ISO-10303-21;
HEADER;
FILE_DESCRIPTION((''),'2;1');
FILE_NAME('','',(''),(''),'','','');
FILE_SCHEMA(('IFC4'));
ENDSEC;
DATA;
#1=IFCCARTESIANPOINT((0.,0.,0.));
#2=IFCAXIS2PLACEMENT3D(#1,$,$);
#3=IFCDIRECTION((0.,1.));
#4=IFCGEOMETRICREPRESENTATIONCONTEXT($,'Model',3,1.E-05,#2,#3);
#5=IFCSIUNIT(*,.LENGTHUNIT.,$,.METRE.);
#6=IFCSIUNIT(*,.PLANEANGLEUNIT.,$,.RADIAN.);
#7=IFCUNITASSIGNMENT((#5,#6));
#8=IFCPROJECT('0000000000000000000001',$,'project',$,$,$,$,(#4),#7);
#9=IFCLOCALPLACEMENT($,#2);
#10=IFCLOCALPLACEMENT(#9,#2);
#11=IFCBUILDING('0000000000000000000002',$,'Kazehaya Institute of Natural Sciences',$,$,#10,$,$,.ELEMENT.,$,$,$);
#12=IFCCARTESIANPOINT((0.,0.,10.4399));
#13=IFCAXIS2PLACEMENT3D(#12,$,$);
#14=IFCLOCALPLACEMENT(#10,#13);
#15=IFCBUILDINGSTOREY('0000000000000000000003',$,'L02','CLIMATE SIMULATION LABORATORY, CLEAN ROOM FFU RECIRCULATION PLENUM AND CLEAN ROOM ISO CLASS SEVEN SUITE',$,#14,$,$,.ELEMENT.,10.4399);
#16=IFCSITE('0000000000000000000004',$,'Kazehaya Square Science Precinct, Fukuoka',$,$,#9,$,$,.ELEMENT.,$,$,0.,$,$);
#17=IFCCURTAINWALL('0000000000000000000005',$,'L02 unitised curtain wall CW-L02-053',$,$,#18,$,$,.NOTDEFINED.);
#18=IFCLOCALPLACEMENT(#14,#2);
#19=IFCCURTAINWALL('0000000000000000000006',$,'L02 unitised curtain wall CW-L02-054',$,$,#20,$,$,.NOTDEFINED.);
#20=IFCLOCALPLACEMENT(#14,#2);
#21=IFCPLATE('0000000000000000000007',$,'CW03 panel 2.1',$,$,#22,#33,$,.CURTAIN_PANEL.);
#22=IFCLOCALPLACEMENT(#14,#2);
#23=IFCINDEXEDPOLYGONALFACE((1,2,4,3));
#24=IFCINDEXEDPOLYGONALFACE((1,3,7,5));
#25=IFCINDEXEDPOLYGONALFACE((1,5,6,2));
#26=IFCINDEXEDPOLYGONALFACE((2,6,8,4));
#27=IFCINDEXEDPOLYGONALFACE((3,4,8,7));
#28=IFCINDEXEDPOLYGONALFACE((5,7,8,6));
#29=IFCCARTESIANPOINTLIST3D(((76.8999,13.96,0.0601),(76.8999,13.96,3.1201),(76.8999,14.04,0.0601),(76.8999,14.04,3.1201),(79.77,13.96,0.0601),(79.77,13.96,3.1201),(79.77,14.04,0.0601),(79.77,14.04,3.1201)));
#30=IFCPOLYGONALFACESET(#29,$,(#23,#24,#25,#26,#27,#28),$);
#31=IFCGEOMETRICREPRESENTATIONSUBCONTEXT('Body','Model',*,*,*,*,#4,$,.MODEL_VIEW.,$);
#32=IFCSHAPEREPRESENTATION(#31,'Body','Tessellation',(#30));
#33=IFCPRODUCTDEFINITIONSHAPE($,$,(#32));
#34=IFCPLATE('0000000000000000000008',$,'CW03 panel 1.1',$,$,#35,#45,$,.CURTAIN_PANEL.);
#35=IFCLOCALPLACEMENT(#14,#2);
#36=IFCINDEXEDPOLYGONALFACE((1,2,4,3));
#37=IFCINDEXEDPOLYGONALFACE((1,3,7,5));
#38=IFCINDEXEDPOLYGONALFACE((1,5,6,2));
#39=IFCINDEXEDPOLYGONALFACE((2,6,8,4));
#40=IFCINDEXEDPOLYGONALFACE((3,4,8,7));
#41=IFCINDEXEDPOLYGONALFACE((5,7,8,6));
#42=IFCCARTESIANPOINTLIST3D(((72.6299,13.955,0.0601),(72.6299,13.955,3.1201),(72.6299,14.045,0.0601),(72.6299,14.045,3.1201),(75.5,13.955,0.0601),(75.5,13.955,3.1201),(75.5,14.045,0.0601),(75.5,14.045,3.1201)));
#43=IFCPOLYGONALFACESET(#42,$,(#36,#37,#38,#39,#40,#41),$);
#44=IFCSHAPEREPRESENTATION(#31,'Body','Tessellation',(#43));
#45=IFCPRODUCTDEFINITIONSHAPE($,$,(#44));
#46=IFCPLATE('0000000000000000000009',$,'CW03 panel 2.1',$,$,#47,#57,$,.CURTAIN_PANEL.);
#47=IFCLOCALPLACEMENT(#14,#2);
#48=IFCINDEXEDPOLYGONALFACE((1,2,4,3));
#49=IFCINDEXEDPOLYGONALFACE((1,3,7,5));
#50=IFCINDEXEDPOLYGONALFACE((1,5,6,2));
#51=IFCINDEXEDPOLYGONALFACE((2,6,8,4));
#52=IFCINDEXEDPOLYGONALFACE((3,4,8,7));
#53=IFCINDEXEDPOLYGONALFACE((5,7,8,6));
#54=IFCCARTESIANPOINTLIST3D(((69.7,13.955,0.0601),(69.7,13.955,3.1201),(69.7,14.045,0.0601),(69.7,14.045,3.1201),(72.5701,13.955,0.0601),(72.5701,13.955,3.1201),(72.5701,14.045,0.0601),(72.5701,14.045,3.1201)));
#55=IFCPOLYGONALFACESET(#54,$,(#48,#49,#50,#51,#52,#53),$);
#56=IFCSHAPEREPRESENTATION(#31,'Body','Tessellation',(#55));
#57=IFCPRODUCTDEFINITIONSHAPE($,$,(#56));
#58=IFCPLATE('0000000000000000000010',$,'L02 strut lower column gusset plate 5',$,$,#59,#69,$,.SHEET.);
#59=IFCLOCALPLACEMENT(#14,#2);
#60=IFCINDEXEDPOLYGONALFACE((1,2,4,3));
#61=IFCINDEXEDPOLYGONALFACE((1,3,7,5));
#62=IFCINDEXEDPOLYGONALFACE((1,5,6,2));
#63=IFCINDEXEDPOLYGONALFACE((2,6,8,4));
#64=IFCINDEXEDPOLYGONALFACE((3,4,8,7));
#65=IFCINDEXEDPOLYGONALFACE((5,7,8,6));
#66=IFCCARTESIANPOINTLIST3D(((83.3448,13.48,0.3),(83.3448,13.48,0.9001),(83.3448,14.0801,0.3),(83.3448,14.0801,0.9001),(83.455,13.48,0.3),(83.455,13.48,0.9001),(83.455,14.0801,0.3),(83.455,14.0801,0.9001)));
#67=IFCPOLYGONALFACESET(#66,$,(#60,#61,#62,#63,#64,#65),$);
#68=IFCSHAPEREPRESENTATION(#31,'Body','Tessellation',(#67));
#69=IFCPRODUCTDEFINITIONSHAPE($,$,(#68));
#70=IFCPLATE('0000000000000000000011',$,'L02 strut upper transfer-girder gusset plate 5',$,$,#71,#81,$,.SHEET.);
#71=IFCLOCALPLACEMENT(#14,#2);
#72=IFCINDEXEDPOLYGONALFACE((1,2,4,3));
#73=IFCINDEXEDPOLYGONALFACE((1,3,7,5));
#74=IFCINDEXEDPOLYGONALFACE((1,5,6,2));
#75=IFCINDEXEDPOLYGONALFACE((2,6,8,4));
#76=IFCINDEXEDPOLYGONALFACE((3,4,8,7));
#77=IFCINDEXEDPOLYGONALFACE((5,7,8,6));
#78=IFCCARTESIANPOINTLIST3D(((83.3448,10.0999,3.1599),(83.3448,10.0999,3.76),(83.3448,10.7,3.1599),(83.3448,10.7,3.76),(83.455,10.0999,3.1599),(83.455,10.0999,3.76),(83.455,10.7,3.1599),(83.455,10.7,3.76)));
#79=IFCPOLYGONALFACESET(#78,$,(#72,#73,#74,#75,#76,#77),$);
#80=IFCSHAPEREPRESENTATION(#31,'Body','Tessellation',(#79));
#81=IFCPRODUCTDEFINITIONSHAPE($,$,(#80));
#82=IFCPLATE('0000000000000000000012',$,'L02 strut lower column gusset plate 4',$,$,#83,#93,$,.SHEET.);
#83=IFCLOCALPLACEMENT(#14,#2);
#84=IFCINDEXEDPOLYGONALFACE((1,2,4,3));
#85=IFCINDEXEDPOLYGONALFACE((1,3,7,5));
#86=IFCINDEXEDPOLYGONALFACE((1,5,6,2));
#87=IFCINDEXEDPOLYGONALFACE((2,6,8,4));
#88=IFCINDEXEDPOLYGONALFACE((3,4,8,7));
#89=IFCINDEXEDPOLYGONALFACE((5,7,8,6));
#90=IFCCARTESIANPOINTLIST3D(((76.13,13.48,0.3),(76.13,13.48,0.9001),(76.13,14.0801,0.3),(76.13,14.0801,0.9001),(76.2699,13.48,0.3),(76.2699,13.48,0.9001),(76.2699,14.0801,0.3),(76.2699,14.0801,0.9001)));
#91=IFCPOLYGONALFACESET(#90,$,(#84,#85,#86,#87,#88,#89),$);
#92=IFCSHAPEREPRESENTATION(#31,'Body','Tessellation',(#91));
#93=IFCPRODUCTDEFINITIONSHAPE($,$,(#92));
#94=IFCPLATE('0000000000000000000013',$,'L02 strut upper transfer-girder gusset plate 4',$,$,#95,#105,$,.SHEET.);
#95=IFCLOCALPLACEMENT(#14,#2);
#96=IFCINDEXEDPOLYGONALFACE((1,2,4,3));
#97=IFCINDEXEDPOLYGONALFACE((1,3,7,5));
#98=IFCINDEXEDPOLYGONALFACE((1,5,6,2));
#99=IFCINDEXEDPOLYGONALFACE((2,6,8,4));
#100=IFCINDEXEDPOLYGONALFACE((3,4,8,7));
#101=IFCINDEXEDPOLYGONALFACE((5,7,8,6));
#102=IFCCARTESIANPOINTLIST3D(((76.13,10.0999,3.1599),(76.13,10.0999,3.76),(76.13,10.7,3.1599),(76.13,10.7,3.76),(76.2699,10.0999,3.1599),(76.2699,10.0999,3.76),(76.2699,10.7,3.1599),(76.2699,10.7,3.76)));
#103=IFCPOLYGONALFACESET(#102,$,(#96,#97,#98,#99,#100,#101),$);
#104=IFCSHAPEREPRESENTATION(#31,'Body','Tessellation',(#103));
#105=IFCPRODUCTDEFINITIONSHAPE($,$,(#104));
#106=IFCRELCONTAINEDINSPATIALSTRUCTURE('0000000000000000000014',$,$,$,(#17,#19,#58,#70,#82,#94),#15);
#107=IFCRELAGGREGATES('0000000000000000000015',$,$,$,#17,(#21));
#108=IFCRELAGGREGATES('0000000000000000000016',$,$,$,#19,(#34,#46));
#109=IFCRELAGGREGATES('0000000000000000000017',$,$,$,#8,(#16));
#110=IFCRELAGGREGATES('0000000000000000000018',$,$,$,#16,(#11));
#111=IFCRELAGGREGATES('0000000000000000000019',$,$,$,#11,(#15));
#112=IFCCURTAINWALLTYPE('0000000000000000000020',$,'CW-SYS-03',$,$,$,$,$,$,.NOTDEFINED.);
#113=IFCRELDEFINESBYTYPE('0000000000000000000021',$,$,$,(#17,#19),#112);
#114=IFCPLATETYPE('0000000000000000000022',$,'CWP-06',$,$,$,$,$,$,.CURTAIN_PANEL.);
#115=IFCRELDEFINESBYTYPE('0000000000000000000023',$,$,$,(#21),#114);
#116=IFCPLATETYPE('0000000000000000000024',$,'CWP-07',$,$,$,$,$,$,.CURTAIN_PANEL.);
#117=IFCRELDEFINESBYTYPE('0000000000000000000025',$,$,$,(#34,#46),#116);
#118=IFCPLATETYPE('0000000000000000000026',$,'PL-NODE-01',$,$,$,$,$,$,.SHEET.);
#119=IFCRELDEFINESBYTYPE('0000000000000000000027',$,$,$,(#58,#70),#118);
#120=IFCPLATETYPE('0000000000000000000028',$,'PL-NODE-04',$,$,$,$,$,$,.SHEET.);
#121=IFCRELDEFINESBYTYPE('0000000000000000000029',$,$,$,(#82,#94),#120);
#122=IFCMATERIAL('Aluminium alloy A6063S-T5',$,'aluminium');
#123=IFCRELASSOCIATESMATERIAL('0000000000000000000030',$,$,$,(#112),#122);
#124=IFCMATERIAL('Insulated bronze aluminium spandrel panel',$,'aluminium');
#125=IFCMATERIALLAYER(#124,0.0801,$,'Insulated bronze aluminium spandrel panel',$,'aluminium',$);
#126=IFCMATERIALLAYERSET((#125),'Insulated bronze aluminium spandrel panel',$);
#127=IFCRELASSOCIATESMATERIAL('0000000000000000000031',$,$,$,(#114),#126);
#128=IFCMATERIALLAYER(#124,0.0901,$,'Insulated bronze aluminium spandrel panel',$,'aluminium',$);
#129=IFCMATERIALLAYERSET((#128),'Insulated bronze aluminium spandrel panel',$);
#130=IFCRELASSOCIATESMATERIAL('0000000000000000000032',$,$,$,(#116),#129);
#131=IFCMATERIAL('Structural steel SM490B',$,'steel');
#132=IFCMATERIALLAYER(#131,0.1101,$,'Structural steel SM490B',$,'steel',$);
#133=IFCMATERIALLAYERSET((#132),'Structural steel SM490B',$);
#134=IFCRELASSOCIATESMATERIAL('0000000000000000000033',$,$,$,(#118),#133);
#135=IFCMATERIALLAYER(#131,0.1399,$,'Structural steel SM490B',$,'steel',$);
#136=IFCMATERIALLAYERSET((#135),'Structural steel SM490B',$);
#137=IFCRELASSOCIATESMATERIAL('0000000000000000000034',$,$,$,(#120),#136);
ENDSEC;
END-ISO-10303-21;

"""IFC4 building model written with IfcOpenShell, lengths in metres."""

from ifc_helpers import new_model, si_unit, direction, frame, origin, origin_2d, place, context, subcontext, project, spatial, rectangle, extrude, material, layer, layer_set, type_object, element, aggregate, save


model = new_model("IFC4")

# Units and contexts
model_context = context("Model", 3, precision=1e-05, world=origin(), true_north=direction((0.0, 1.0)))
body_context = subcontext(model_context, "Body", "Model", "MODEL_VIEW")
ifc_project = project(units=[si_unit("LENGTHUNIT", "METRE"), si_unit("PLANEANGLEUNIT", "RADIAN")], contexts=[model_context])

# Site, building, storey
site_placement = place(None, origin())
site = spatial("IfcSite", under=ifc_project, at=site_placement, Name="Kazehaya Square Science Precinct, Fukuoka", CompositionType="ELEMENT", RefElevation=0.0)
building_placement = place(site_placement, origin())
building = spatial("IfcBuilding", under=site, at=building_placement, Name="Kazehaya Institute of Natural Sciences", CompositionType="ELEMENT")
storey_placement = place(building_placement, frame((0.0, 0.0, 10.4399)))
storey = spatial("IfcBuildingStorey", under=building, at=storey_placement, Name="L02", Description="CLIMATE SIMULATION LABORATORY, CLEAN ROOM FFU RECIRCULATION PLENUM AND CLEAN ROOM ISO CLASS SEVEN SUITE", CompositionType="ELEMENT", Elevation=10.4399)

# Curtain walls
ifc_material_1 = material(Name="Aluminium alloy A6063S-T5", Category="aluminium")
curtain_wall_type = type_object("IfcCurtainWallType", Name="CW-SYS-03", PredefinedType="NOTDEFINED", material=ifc_material_1)
curtain_wall_1_placement = place(storey_placement, origin())
curtain_wall_1 = element("IfcCurtainWall", 1, at=curtain_wall_1_placement, inside=storey, type_object=curtain_wall_type, Name="L02 unitised curtain wall CW-L02-053", PredefinedType="NOTDEFINED")
curtain_wall_2_placement = place(storey_placement, origin())
curtain_wall_2 = element("IfcCurtainWall", 2, at=curtain_wall_2_placement, inside=storey, type_object=curtain_wall_type, Name="L02 unitised curtain wall CW-L02-054", PredefinedType="NOTDEFINED")

# Plates
ifc_material_2 = material(Name="Insulated bronze aluminium spandrel panel", Category="aluminium")
ifc_layer_1 = layer(ifc_material_2, 0.0801, Name="Insulated bronze aluminium spandrel panel", Category="aluminium")
ifc_layer_set_1 = layer_set([ifc_layer_1], Name="Insulated bronze aluminium spandrel panel")
plate_type_1 = type_object("IfcPlateType", Name="CWP-06", PredefinedType="CURTAIN_PANEL", material=ifc_layer_set_1)
plate_1_placement = place(storey_placement, frame((78.335, 14.0, 0.0601), z_axis=(0.0, 0.0, 1.0), x_axis=(-1.0, 0.0, 0.0)))
plate_1 = element("IfcPlate", 3, at=plate_1_placement, type_object=plate_type_1, Name="CW03 panel 2.1", PredefinedType="CURTAIN_PANEL", context=body_context, shape_type="SweptSolid", body=[
    extrude(rectangle(XDim=2.8701, YDim=0.0801, at=origin_2d()), origin(), (0.0, 0.0, 1.0), 3.0601),
])
aggregate(curtain_wall_1, [plate_1])
ifc_layer_2 = layer(ifc_material_2, 0.0901, Name="Insulated bronze aluminium spandrel panel", Category="aluminium")
ifc_layer_set_2 = layer_set([ifc_layer_2], Name="Insulated bronze aluminium spandrel panel")
plate_type_2 = type_object("IfcPlateType", Name="CWP-07", PredefinedType="CURTAIN_PANEL", material=ifc_layer_set_2)
plate_2_placement = place(storey_placement, frame((74.0649, 14.0, 0.0601), z_axis=(0.0, 0.0, 1.0), x_axis=(-1.0, 0.0, 0.0)))
plate_2 = element("IfcPlate", 4, at=plate_2_placement, type_object=plate_type_2, Name="CW03 panel 1.1", PredefinedType="CURTAIN_PANEL", context=body_context, shape_type="SweptSolid", body=[
    extrude(rectangle(XDim=2.8701, YDim=0.0901, at=origin_2d()), origin(), (0.0, 0.0, 1.0), 3.0601),
])
plate_3_placement = place(storey_placement, frame((71.135, 14.0, 0.0601), z_axis=(0.0, 0.0, 1.0), x_axis=(-1.0, 0.0, 0.0)))
plate_3 = element("IfcPlate", 5, at=plate_3_placement, type_object=plate_type_2, Name="CW03 panel 2.1", PredefinedType="CURTAIN_PANEL", context=body_context, shape_type="SweptSolid", body=[
    extrude(rectangle(XDim=2.8701, YDim=0.0901, at=origin_2d()), origin(), (0.0, 0.0, 1.0), 3.0601),
])
aggregate(curtain_wall_2, [plate_2, plate_3])

# Plates
ifc_material_3 = material(Name="Structural steel SM490B", Category="steel")
ifc_layer_3 = layer(ifc_material_3, 0.1101, Name="Structural steel SM490B", Category="steel")
ifc_layer_set_3 = layer_set([ifc_layer_3], Name="Structural steel SM490B")
plate_type_3 = type_object("IfcPlateType", Name="PL-NODE-01", PredefinedType="SHEET", material=ifc_layer_set_3)
for number, where, z_axis, x_axis, name in (
    (6, (83.3999, 13.78, 0.3), (0.0, 0.0, 1.0), (1.0, 0.0, 0.0), "L02 strut lower column gusset plate 5"),
    (7, (83.3999, 10.3999, 3.1599), (0.0, 0.0, 1.0), (1.0, 0.0, 0.0), "L02 strut upper transfer-girder gusset plate 5"),
):
    element("IfcPlate", number, at=place(storey_placement, frame(where, z_axis=z_axis, x_axis=x_axis)), inside=storey, type_object=plate_type_3, Name=name, PredefinedType="SHEET", context=body_context, shape_type="SweptSolid", body=[
        extrude(rectangle(XDim=0.1101, YDim=0.6001, at=origin_2d()), origin(), (0.0, 0.0, 1.0), 0.6001),
    ])
ifc_layer_4 = layer(ifc_material_3, 0.1399, Name="Structural steel SM490B", Category="steel")
ifc_layer_set_4 = layer_set([ifc_layer_4], Name="Structural steel SM490B")
plate_type_4 = type_object("IfcPlateType", Name="PL-NODE-04", PredefinedType="SHEET", material=ifc_layer_set_4)
for number, where, z_axis, x_axis, name in (
    (8, (76.2, 13.78, 0.3), (0.0, 0.0, 1.0), (1.0, 0.0, 0.0), "L02 strut lower column gusset plate 4"),
    (9, (76.2, 10.3999, 3.1599), (0.0, 0.0, 1.0), (1.0, 0.0, 0.0), "L02 strut upper transfer-girder gusset plate 4"),
):
    element("IfcPlate", number, at=place(storey_placement, frame(where, z_axis=z_axis, x_axis=x_axis)), inside=storey, type_object=plate_type_4, Name=name, PredefinedType="SHEET", context=body_context, shape_type="SweptSolid", body=[
        extrude(rectangle(XDim=0.1399, YDim=0.6001, at=origin_2d()), origin(), (0.0, 0.0, 1.0), 0.6001),
    ])

save(model, "model.ifc")
